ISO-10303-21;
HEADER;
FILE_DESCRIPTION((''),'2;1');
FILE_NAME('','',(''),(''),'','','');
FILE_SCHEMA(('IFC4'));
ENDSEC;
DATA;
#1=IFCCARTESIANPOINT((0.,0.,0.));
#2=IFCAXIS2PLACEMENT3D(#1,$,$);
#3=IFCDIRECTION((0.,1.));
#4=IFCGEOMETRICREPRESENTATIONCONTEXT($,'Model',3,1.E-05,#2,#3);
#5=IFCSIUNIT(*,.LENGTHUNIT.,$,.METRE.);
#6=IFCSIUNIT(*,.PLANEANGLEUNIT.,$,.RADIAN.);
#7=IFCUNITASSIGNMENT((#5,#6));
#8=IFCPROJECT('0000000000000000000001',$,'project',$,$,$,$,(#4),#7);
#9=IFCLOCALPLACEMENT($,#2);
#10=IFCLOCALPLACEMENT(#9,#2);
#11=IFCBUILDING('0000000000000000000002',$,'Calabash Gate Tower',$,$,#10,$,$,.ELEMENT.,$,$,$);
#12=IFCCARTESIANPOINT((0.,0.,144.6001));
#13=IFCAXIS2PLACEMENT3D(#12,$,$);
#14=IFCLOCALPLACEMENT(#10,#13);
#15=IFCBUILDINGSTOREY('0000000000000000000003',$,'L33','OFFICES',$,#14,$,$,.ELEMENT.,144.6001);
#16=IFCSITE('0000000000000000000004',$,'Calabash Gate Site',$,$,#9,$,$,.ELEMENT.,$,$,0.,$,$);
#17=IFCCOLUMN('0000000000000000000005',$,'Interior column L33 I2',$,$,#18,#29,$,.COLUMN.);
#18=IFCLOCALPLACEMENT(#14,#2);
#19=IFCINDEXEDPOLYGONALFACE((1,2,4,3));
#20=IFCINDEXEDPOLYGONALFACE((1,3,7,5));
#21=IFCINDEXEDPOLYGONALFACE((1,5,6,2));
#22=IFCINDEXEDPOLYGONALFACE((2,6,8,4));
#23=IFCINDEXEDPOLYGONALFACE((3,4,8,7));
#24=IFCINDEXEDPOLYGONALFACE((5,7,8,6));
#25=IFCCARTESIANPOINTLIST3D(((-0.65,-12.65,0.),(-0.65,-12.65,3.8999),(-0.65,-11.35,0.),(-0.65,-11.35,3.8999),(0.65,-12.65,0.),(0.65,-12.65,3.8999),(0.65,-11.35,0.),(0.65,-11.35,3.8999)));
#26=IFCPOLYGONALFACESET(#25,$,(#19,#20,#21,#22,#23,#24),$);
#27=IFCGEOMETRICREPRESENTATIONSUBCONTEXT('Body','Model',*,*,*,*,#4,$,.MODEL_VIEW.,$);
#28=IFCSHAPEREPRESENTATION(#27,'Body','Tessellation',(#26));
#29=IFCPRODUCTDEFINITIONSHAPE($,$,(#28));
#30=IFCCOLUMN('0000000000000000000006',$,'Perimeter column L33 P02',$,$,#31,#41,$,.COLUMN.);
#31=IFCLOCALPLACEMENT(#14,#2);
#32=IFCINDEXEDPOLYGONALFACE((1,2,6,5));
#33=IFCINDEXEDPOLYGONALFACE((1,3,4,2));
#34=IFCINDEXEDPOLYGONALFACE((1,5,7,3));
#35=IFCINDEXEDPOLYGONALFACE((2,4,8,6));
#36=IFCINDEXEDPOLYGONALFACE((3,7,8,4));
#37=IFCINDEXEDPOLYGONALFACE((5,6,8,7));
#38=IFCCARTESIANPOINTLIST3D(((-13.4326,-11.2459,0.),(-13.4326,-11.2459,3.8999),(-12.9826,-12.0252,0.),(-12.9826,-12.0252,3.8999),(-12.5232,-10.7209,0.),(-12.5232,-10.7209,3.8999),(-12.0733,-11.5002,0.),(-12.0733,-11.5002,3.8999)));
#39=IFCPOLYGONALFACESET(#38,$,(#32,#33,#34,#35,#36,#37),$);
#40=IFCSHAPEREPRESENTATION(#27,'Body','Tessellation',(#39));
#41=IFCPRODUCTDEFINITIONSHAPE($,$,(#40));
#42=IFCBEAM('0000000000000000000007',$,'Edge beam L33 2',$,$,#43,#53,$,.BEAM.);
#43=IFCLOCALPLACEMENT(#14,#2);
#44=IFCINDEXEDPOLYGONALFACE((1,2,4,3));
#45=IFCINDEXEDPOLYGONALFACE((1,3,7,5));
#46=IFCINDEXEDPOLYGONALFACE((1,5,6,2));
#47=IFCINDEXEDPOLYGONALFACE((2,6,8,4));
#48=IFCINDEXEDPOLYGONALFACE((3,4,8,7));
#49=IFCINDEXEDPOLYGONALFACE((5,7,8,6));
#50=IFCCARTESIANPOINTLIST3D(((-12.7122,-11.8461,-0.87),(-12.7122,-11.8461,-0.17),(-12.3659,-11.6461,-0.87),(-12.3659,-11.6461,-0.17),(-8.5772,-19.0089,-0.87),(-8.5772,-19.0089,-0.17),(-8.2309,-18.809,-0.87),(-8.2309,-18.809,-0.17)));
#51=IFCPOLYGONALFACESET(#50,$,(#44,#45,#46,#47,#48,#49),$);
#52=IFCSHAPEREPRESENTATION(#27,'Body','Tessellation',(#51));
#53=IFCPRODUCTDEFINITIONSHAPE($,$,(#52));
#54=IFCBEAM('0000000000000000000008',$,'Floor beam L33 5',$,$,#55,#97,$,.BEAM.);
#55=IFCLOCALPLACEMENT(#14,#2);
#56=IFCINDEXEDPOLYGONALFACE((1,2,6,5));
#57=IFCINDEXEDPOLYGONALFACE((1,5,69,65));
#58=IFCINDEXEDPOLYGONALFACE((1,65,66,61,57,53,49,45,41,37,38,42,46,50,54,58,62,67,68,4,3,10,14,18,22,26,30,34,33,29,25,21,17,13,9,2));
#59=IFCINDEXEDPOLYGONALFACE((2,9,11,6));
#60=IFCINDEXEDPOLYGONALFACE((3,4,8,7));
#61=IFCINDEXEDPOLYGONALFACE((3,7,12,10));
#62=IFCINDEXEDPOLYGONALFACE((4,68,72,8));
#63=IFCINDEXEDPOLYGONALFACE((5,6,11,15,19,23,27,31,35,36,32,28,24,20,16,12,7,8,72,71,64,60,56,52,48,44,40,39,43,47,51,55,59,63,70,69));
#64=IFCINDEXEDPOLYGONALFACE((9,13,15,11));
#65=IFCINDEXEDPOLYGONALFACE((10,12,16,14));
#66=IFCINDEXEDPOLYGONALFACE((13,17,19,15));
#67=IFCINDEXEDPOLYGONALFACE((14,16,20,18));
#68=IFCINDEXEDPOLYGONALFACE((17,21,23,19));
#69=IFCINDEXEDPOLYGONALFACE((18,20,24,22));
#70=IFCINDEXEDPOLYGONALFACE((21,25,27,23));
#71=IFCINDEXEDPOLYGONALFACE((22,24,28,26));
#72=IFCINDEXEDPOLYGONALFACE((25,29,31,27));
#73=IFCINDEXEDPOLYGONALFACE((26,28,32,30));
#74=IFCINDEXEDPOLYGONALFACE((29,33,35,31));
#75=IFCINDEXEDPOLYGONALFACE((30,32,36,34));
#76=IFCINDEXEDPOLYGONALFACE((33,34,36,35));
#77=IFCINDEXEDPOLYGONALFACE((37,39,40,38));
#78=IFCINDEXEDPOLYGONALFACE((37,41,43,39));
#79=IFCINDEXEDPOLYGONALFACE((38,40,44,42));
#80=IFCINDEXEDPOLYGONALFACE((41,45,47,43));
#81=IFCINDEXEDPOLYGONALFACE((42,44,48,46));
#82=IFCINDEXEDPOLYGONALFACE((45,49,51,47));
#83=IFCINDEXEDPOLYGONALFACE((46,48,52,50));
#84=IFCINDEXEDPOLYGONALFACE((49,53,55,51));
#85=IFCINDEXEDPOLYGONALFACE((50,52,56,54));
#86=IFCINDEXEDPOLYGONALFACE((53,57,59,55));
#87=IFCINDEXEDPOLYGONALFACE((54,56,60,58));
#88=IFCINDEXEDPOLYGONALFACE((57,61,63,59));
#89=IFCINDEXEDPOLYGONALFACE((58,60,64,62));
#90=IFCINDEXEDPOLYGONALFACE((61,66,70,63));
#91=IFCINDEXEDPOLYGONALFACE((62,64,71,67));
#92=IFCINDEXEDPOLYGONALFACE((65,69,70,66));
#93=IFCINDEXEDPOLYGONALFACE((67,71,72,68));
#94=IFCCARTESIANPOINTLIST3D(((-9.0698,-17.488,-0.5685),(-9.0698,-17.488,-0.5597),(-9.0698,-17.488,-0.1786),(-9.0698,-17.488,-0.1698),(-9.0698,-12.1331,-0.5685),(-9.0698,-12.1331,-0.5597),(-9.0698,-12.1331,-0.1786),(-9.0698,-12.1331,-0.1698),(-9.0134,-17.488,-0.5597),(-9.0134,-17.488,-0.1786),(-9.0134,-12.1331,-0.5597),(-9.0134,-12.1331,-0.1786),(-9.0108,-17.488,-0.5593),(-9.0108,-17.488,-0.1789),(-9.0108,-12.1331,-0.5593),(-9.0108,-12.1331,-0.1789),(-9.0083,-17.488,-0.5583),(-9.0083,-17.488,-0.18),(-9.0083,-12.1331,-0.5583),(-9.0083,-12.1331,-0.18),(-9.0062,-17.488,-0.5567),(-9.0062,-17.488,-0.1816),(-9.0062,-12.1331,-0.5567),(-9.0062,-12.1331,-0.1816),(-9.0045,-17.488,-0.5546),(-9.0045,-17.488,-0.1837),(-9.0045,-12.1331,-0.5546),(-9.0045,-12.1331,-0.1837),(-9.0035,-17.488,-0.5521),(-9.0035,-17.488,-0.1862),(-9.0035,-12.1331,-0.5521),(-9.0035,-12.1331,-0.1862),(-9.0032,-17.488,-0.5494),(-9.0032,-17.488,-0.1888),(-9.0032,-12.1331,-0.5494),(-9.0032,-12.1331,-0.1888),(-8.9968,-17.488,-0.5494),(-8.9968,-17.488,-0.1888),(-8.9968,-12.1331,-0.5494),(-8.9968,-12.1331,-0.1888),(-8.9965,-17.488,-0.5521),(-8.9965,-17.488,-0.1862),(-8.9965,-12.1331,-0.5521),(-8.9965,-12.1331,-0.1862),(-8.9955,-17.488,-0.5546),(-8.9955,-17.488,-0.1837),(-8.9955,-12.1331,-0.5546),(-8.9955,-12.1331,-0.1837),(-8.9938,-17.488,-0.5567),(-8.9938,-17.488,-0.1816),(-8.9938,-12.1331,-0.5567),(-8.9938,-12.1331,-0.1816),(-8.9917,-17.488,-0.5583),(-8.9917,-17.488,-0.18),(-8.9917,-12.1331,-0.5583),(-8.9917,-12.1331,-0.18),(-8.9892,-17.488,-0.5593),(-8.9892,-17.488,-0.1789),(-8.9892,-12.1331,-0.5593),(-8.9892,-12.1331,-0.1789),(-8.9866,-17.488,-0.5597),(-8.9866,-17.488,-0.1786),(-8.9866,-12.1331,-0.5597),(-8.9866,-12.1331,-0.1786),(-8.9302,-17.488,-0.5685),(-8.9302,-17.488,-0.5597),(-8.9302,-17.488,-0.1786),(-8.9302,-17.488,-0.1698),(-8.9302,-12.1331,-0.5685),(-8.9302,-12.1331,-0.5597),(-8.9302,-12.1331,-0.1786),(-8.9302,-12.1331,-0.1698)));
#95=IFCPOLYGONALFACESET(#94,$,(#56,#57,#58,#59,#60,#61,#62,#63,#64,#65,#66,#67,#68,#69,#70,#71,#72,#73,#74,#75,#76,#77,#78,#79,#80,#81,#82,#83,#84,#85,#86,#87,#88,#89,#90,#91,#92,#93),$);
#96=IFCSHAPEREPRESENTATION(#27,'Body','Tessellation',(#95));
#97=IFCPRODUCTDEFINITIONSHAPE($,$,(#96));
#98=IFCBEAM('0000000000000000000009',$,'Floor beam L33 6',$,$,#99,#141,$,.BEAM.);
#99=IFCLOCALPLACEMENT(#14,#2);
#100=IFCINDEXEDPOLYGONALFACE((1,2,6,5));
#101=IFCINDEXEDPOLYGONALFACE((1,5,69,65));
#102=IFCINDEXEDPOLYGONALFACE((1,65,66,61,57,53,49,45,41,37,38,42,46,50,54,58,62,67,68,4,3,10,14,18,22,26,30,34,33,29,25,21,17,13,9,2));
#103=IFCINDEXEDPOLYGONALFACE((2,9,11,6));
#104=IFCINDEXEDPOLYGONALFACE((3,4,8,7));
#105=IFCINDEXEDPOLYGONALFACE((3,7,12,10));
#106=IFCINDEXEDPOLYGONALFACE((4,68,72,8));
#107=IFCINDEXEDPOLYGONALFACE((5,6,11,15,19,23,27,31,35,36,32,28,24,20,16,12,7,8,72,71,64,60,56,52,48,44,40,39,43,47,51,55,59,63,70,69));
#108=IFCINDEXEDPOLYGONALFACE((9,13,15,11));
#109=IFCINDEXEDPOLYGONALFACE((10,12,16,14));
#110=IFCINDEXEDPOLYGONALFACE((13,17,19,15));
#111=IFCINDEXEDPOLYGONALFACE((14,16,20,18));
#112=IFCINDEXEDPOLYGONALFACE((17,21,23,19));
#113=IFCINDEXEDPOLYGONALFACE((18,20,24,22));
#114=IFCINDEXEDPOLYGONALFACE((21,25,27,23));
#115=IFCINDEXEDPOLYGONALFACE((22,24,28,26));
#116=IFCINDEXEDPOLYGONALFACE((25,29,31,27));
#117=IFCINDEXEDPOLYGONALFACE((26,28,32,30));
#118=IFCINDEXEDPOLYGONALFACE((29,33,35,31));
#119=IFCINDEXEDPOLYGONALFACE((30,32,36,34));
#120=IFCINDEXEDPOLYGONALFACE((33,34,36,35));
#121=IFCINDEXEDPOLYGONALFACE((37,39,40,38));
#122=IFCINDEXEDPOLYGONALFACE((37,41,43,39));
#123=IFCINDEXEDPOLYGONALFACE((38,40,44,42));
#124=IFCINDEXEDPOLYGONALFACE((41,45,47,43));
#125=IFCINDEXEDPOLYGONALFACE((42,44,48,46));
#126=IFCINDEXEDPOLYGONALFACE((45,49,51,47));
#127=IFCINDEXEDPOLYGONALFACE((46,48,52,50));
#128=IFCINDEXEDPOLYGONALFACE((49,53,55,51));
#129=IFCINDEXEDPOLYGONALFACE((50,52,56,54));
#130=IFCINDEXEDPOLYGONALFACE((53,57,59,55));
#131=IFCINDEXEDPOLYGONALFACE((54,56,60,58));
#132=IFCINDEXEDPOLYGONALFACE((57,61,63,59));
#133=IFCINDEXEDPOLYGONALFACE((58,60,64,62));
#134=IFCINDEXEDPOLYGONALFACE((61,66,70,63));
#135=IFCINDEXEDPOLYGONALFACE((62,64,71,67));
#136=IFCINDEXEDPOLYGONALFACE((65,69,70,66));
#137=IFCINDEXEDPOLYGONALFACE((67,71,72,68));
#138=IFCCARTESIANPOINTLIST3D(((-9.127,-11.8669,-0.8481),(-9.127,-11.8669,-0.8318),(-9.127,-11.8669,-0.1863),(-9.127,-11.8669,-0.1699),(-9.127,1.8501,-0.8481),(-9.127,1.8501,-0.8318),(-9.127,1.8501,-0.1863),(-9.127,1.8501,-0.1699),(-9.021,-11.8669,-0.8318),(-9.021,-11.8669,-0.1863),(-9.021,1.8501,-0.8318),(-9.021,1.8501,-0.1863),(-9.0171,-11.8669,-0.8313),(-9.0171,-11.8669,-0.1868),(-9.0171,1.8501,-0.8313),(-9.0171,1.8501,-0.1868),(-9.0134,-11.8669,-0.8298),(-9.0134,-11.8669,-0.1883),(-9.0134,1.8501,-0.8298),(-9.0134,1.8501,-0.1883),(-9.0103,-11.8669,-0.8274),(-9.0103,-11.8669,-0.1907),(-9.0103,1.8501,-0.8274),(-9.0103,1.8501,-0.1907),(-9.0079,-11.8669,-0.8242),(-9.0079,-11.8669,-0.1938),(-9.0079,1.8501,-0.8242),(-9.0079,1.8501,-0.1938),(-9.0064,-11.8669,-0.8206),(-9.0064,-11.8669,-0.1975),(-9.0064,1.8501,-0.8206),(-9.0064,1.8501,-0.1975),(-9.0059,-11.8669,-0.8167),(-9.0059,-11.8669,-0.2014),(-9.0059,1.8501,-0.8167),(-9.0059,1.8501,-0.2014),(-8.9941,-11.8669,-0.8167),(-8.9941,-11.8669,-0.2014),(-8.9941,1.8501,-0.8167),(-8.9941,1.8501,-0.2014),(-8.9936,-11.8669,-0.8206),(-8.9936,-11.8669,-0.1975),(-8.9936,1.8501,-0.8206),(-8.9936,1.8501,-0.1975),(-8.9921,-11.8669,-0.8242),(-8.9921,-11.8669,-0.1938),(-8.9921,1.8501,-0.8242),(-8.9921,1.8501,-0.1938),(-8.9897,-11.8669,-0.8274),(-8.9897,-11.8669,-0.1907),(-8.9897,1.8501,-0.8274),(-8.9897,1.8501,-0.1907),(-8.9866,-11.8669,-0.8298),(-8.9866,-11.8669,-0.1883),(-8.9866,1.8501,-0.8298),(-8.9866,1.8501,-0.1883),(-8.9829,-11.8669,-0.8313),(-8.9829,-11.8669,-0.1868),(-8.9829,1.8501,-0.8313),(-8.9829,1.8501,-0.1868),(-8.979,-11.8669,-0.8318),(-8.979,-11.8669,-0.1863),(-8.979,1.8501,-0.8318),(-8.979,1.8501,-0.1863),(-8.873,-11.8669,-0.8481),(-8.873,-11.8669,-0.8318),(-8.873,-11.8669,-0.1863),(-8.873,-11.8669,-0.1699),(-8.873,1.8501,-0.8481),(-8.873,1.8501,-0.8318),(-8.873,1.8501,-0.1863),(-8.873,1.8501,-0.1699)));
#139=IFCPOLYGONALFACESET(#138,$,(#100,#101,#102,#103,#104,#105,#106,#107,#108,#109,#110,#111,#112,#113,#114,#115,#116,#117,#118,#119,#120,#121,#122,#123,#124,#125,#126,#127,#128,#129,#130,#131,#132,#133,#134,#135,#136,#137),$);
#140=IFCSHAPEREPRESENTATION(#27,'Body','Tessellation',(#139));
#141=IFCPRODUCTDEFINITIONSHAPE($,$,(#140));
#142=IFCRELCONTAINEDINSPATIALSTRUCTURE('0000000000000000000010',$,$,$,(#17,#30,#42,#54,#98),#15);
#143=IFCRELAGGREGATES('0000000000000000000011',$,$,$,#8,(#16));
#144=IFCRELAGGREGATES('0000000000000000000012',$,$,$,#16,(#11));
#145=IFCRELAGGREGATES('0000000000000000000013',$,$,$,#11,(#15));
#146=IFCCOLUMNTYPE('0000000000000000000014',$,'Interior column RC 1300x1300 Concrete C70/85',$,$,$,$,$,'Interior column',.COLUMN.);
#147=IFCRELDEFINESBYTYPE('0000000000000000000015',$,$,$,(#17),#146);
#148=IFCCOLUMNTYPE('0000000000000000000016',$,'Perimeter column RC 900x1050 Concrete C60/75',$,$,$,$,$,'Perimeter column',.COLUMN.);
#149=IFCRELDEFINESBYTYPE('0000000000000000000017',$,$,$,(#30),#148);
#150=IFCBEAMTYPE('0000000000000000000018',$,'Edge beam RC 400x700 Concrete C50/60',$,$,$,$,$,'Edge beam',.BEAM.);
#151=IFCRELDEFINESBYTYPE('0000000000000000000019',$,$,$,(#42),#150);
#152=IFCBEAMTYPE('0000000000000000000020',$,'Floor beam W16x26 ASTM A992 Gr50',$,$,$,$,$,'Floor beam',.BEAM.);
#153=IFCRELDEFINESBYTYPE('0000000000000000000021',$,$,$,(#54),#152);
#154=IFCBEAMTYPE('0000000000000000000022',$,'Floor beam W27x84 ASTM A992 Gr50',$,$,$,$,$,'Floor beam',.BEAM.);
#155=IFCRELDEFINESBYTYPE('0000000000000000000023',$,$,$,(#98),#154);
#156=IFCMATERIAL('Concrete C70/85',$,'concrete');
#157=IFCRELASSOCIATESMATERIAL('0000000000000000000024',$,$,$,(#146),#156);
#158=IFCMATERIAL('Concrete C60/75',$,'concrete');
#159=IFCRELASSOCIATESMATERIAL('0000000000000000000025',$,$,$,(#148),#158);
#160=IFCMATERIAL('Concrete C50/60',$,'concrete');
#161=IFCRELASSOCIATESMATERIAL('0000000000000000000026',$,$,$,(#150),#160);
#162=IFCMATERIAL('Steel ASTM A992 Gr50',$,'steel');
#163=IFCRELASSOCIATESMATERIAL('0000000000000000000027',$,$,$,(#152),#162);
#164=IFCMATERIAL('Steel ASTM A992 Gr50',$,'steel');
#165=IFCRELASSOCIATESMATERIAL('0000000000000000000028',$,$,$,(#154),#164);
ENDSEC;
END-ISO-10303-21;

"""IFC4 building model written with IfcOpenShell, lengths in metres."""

from ifc_helpers import new_model, si_unit, direction, frame, origin, origin_2d, place, context, subcontext, project, spatial, rectangle, i_section, extrude, material, material_profile, profile_set, type_object, element, save


model = new_model("IFC4")

# Units and contexts
model_context = context("Model", 3, precision=1e-05, world=origin(), true_north=direction((0.0, 1.0)))
body_context = subcontext(model_context, "Body", "Model", "MODEL_VIEW")
ifc_project = project(units=[si_unit("LENGTHUNIT", "METRE"), si_unit("PLANEANGLEUNIT", "RADIAN")], contexts=[model_context])

# Site, building, storey
site_placement = place(None, origin())
site = spatial("IfcSite", under=ifc_project, at=site_placement, Name="Calabash Gate Site", CompositionType="ELEMENT", RefElevation=0.0)
building_placement = place(site_placement, origin())
building = spatial("IfcBuilding", under=site, at=building_placement, Name="Calabash Gate Tower", CompositionType="ELEMENT")
storey_placement = place(building_placement, frame((0.0, 0.0, 144.6001)))
storey = spatial("IfcBuildingStorey", under=building, at=storey_placement, Name="L33", Description="OFFICES", CompositionType="ELEMENT", Elevation=144.6001)

# Columns
ifc_material_1 = material(Name="Concrete C70/85", Category="concrete")
ifc_material_profile_1 = material_profile(ifc_material_1, rectangle(XDim=1.3, YDim=1.3, at=origin_2d()))
ifc_profile_set_1 = profile_set([ifc_material_profile_1], Name="Concrete C70/85")
column_type_1 = type_object("IfcColumnType", Name="Interior column RC 1300x1300 Concrete C70/85", ElementType="Interior column", PredefinedType="COLUMN", material=ifc_profile_set_1)
column_1_placement = place(storey_placement, frame((0.0, -12.0, 0.0), z_axis=(0.0, 0.0, 1.0), x_axis=(1.0, 0.0, 0.0)))
element("IfcColumn", 1, at=column_1_placement, inside=storey, type_object=column_type_1, Name="Interior column L33 I2", PredefinedType="COLUMN", context=body_context, shape_type="SweptSolid", body=[
    extrude(rectangle(XDim=1.3, YDim=1.3, at=origin_2d()), origin(), (0.0, 0.0, 1.0), 3.8999),
])
ifc_material_2 = material(Name="Concrete C60/75", Category="concrete")
ifc_material_profile_2 = material_profile(ifc_material_2, rectangle(XDim=0.8999, YDim=1.05, at=origin_2d()))
ifc_profile_set_2 = profile_set([ifc_material_profile_2], Name="Concrete C60/75")
column_type_2 = type_object("IfcColumnType", Name="Perimeter column RC 900x1050 Concrete C60/75", ElementType="Perimeter column", PredefinedType="COLUMN", material=ifc_profile_set_2)
column_2_placement = place(storey_placement, frame((-12.7529, -11.373, 0.0), z_axis=(0.0, 0.0, 1.0), x_axis=(0.5, -0.866025, 0.0)))
element("IfcColumn", 2, at=column_2_placement, inside=storey, type_object=column_type_2, Name="Perimeter column L33 P02", PredefinedType="COLUMN", context=body_context, shape_type="SweptSolid", body=[
    extrude(rectangle(XDim=0.8999, YDim=1.05, at=origin_2d()), origin(), (0.0, 0.0, 1.0), 3.8999),
])

# Beams
ifc_material_3 = material(Name="Concrete C50/60", Category="concrete")
ifc_material_profile_3 = material_profile(ifc_material_3, rectangle(XDim=0.3999, YDim=0.7, at=origin_2d()))
ifc_profile_set_3 = profile_set([ifc_material_profile_3], Name="Concrete C50/60")
beam_type_1 = type_object("IfcBeamType", Name="Edge beam RC 400x700 Concrete C50/60", ElementType="Edge beam", PredefinedType="BEAM", material=ifc_profile_set_3)
beam_1_placement = place(storey_placement, frame((-12.5391, -11.7461, -0.52), z_axis=(0.499958, -0.866049, 0.0), x_axis=(0.866049, 0.499958, 0.0)))
element("IfcBeam", 3, at=beam_1_placement, inside=storey, type_object=beam_type_1, Name="Edge beam L33 2", PredefinedType="BEAM", context=body_context, shape_type="SweptSolid", body=[
    extrude(rectangle(XDim=0.3999, YDim=0.7, at=origin_2d()), origin(), (0.0, 0.0, 1.0), 8.2708),
])
ifc_material_4 = material(Name="Steel ASTM A992 Gr50", Category="steel")
ifc_material_profile_4 = material_profile(ifc_material_4, i_section(OverallWidth=0.1396, OverallDepth=0.3987, WebThickness=0.0063, FlangeThickness=0.0088, FilletRadius=0.0103, at=origin_2d()))
ifc_profile_set_4 = profile_set([ifc_material_profile_4], Name="Steel ASTM A992 Gr50")
beam_type_2 = type_object("IfcBeamType", Name="Floor beam W16x26 ASTM A992 Gr50", ElementType="Floor beam", PredefinedType="BEAM", material=ifc_profile_set_4)
beam_2_placement = place(storey_placement, frame((-9.0, -17.488, -0.3691), z_axis=(0.0, 1.0, 0.0), x_axis=(-1.0, 0.0, 0.0)))
element("IfcBeam", 4, at=beam_2_placement, inside=storey, type_object=beam_type_2, Name="Floor beam L33 5", PredefinedType="BEAM", context=body_context, shape_type="SweptSolid", body=[
    extrude(i_section(OverallWidth=0.1396, OverallDepth=0.3987, WebThickness=0.0063, FlangeThickness=0.0088, FilletRadius=0.0103, at=origin_2d()), origin(), (0.0, 0.0, 1.0), 5.355),
])
ifc_material_5 = material(Name="Steel ASTM A992 Gr50", Category="steel")
ifc_material_profile_5 = material_profile(ifc_material_5, i_section(OverallWidth=0.2539, OverallDepth=0.6782, WebThickness=0.0117, FlangeThickness=0.0164, FilletRadius=0.0151, at=origin_2d()))
ifc_profile_set_5 = profile_set([ifc_material_profile_5], Name="Steel ASTM A992 Gr50")
beam_type_3 = type_object("IfcBeamType", Name="Floor beam W27x84 ASTM A992 Gr50", ElementType="Floor beam", PredefinedType="BEAM", material=ifc_profile_set_5)
beam_3_placement = place(storey_placement, frame((-9.0, -11.8669, -0.509), z_axis=(0.0, 1.0, 0.0), x_axis=(-1.0, 0.0, 0.0)))
element("IfcBeam", 5, at=beam_3_placement, inside=storey, type_object=beam_type_3, Name="Floor beam L33 6", PredefinedType="BEAM", context=body_context, shape_type="SweptSolid", body=[
    extrude(i_section(OverallWidth=0.2539, OverallDepth=0.6782, WebThickness=0.0117, FlangeThickness=0.0164, FilletRadius=0.0151, at=origin_2d()), origin(), (0.0, 0.0, 1.0), 13.717),
])

save(model, "model.ifc")
